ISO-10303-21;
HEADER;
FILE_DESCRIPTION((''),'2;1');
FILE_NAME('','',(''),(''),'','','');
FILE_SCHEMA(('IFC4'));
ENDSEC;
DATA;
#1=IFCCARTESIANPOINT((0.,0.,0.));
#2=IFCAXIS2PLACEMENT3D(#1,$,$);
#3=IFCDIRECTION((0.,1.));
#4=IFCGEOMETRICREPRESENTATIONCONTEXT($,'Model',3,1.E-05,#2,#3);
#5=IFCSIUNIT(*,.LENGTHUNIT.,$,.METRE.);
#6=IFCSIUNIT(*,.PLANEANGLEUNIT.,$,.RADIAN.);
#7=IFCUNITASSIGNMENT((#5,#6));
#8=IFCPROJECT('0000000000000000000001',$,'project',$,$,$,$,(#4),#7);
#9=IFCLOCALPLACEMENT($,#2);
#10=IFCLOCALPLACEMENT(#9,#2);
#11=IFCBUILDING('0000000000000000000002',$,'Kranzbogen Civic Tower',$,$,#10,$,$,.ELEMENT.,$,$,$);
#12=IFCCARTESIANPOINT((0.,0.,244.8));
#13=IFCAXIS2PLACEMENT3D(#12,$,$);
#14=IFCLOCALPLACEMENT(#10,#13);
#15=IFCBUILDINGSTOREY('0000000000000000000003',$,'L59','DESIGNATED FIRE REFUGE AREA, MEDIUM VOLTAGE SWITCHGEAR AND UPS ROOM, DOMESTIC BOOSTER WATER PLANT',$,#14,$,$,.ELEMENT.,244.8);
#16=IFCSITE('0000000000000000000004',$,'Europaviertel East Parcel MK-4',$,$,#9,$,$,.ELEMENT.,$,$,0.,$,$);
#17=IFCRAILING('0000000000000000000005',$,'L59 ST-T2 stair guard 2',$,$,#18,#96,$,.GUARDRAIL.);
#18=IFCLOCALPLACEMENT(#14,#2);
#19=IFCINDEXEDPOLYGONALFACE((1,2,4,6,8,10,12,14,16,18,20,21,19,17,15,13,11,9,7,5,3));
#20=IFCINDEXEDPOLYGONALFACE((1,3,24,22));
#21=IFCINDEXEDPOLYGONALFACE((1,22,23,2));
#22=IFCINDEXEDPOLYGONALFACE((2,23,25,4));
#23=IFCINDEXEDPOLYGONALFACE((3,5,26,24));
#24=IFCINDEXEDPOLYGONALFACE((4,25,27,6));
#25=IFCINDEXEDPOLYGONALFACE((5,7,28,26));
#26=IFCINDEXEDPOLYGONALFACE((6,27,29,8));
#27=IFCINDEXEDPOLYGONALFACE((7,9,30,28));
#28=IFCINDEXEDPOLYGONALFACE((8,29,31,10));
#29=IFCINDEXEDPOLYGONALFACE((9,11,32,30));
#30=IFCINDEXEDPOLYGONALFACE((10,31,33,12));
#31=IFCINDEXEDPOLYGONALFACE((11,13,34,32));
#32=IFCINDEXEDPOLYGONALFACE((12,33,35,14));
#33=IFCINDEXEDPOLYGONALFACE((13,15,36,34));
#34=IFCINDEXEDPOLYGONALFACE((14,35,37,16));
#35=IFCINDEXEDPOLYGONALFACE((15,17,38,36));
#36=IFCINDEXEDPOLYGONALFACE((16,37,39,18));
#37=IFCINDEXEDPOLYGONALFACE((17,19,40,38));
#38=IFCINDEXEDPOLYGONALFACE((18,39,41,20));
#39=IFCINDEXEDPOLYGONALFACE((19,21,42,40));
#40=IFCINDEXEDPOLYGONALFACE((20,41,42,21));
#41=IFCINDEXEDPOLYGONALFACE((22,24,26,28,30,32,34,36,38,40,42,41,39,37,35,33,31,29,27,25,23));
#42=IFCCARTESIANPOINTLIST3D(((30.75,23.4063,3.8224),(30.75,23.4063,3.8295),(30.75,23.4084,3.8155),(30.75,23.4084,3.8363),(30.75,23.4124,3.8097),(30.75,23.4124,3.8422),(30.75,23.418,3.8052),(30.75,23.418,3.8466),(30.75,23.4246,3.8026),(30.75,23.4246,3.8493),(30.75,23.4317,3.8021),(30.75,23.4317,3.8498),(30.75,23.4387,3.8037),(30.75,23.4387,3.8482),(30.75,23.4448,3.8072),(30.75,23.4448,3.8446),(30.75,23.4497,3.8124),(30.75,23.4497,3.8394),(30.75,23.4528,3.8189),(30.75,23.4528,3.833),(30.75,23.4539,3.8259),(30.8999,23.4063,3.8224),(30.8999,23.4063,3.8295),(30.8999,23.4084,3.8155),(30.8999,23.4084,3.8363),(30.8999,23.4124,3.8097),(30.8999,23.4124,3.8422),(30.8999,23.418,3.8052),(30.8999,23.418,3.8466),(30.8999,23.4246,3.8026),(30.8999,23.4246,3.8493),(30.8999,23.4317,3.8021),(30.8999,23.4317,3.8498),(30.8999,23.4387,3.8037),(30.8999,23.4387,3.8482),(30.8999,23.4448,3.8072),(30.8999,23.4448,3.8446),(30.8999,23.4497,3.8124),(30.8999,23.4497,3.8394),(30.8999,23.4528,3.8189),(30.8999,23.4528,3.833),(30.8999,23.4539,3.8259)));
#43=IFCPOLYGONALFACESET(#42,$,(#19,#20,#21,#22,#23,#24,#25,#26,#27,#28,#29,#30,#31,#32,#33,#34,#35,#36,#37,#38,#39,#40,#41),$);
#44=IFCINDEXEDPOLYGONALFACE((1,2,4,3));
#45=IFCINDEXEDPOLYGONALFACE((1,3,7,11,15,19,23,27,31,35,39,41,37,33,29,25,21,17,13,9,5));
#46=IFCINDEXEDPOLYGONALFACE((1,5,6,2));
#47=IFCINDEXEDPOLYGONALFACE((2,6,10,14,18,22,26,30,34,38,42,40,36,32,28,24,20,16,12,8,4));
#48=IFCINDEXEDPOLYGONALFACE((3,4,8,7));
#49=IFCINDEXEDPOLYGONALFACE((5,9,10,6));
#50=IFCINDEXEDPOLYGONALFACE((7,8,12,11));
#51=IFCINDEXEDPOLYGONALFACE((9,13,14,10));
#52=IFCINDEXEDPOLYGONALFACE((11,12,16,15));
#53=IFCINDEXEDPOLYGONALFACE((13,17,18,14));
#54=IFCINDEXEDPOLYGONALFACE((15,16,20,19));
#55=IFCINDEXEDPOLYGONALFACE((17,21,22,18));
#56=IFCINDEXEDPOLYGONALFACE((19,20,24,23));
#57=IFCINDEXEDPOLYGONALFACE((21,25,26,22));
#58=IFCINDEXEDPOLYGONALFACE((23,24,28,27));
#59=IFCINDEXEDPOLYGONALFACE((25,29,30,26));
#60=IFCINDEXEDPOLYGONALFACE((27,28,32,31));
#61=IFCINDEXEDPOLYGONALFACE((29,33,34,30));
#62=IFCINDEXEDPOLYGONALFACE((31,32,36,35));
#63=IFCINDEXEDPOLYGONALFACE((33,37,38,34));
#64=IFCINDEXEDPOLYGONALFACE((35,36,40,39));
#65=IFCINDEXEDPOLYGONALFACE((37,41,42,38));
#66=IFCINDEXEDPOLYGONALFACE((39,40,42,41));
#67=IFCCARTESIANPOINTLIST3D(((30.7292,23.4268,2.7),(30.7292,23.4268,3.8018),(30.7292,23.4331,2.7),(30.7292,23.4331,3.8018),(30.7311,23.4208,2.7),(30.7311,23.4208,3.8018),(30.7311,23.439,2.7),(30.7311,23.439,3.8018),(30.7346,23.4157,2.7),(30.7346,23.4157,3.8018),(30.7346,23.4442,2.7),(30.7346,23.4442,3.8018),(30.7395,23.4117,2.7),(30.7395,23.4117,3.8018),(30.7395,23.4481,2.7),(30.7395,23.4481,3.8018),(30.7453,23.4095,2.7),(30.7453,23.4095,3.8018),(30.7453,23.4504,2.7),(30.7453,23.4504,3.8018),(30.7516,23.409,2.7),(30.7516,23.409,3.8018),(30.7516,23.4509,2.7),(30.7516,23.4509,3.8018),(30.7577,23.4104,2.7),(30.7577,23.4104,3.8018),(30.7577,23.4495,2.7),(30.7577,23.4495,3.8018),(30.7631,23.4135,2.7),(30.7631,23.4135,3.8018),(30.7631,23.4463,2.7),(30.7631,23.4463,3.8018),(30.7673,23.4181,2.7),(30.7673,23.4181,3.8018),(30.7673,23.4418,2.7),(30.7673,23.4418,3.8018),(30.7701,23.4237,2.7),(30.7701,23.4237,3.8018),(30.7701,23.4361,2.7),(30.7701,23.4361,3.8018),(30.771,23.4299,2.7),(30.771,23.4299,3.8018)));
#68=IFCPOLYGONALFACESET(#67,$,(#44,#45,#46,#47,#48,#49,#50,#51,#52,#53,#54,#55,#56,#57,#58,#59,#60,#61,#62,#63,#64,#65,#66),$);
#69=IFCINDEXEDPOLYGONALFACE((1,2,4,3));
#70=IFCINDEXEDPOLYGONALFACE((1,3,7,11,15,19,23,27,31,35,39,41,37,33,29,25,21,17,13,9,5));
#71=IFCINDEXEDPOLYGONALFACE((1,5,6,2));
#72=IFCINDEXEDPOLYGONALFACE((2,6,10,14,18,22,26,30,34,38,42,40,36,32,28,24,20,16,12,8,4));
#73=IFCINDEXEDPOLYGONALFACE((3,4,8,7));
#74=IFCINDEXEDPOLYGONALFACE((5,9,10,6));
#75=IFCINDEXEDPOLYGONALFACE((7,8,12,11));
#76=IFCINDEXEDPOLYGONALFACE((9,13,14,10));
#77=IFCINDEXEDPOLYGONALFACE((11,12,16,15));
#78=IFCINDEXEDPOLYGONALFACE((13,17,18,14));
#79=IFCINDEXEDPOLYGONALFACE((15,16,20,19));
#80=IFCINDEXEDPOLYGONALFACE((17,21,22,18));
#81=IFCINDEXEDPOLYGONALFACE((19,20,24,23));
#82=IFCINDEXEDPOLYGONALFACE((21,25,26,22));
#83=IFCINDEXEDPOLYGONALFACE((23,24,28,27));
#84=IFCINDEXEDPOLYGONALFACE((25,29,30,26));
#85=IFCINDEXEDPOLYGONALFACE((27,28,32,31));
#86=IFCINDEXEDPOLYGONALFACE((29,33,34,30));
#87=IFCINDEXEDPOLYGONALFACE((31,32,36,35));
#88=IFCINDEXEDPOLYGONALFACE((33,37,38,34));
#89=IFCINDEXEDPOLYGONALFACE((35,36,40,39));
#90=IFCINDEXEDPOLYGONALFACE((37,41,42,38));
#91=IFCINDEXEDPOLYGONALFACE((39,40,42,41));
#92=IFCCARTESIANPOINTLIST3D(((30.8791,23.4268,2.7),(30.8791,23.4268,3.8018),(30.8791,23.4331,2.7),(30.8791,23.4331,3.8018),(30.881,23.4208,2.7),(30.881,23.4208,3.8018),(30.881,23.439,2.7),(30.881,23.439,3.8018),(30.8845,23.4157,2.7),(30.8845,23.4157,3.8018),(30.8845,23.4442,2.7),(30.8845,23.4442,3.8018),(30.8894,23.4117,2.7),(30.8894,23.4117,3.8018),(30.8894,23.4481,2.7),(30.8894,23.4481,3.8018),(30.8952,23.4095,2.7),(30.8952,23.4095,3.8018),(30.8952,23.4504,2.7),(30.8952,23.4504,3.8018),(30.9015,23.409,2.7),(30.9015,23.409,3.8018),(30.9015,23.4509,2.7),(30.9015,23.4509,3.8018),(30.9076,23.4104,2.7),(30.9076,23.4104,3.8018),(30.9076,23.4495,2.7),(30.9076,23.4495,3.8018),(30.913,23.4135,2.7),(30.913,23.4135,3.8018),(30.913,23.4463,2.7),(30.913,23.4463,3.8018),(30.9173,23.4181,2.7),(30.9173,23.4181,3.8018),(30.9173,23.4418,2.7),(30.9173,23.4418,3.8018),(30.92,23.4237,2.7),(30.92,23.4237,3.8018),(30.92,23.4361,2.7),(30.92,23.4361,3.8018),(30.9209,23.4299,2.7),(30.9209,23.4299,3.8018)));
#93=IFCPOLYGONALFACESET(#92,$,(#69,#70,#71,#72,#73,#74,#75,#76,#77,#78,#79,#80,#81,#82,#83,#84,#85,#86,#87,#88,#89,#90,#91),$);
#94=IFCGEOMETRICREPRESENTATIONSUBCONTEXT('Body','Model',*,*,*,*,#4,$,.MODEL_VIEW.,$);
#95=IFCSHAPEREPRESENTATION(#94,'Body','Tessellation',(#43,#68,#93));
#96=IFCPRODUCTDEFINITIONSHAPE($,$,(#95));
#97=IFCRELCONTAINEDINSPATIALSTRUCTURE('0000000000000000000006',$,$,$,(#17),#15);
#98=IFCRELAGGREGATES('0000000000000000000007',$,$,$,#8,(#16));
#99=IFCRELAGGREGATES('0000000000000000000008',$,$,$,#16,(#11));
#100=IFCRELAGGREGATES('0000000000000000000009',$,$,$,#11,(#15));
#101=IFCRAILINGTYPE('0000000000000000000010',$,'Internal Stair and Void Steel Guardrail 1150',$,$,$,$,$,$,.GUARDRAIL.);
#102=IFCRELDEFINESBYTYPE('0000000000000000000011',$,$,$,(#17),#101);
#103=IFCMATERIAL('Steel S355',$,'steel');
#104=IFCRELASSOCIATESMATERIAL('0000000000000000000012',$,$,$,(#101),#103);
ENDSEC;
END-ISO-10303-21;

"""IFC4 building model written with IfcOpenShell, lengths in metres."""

from ifc_helpers import new_model, si_unit, direction, frame, origin, origin_2d, place, context, subcontext, project, spatial, circle, extrude, material, type_object, element, save


model = new_model("IFC4")

# Units and contexts
model_context = context("Model", 3, precision=1e-05, world=origin(), true_north=direction((0.0, 1.0)))
body_context = subcontext(model_context, "Body", "Model", "MODEL_VIEW")
ifc_project = project(units=[si_unit("LENGTHUNIT", "METRE"), si_unit("PLANEANGLEUNIT", "RADIAN")], contexts=[model_context])

# Site, building, storey
site_placement = place(None, origin())
site = spatial("IfcSite", under=ifc_project, at=site_placement, Name="Europaviertel East Parcel MK-4", CompositionType="ELEMENT", RefElevation=0.0)
building_placement = place(site_placement, origin())
building = spatial("IfcBuilding", under=site, at=building_placement, Name="Kranzbogen Civic Tower", CompositionType="ELEMENT")
storey_placement = place(building_placement, frame((0.0, 0.0, 244.8)))
storey = spatial("IfcBuildingStorey", under=building, at=storey_placement, Name="L59", Description="DESIGNATED FIRE REFUGE AREA, MEDIUM VOLTAGE SWITCHGEAR AND UPS ROOM, DOMESTIC BOOSTER WATER PLANT", CompositionType="ELEMENT", Elevation=244.8)

# Shared definitions
ifc_material_1 = material(Name="Steel S355", Category="steel")

# Railing
railing_type_1 = type_object("IfcRailingType", Name="Internal Stair and Void Steel Guardrail 1150", PredefinedType="GUARDRAIL", material=ifc_material_1)
railing_1_placement = place(storey_placement, frame((30.75, 23.4299, 2.7)))
element("IfcRailing", 1, at=railing_1_placement, inside=storey, type_object=railing_type_1, Name="L59 ST-T2 stair guard 2", PredefinedType="GUARDRAIL", context=body_context, shape_type="SweptSolid", body=[
    extrude(circle(Radius=0.0239, at=origin_2d()), frame((0.0, 0.0, 1.126), z_axis=(1.0, 0.0, 0.0), x_axis=(0.0, 1.0, 0.0)), (0.0, 0.0, 1.0), 0.1499),
    extrude(circle(Radius=0.021, at=origin_2d()), origin(), (0.0, 0.0, 1.0), 1.1018),
    extrude(circle(Radius=0.021, at=origin_2d()), frame((0.1499, 0.0, 0.0)), (0.0, 0.0, 1.0), 1.1018),
])

save(model, "model.ifc")
